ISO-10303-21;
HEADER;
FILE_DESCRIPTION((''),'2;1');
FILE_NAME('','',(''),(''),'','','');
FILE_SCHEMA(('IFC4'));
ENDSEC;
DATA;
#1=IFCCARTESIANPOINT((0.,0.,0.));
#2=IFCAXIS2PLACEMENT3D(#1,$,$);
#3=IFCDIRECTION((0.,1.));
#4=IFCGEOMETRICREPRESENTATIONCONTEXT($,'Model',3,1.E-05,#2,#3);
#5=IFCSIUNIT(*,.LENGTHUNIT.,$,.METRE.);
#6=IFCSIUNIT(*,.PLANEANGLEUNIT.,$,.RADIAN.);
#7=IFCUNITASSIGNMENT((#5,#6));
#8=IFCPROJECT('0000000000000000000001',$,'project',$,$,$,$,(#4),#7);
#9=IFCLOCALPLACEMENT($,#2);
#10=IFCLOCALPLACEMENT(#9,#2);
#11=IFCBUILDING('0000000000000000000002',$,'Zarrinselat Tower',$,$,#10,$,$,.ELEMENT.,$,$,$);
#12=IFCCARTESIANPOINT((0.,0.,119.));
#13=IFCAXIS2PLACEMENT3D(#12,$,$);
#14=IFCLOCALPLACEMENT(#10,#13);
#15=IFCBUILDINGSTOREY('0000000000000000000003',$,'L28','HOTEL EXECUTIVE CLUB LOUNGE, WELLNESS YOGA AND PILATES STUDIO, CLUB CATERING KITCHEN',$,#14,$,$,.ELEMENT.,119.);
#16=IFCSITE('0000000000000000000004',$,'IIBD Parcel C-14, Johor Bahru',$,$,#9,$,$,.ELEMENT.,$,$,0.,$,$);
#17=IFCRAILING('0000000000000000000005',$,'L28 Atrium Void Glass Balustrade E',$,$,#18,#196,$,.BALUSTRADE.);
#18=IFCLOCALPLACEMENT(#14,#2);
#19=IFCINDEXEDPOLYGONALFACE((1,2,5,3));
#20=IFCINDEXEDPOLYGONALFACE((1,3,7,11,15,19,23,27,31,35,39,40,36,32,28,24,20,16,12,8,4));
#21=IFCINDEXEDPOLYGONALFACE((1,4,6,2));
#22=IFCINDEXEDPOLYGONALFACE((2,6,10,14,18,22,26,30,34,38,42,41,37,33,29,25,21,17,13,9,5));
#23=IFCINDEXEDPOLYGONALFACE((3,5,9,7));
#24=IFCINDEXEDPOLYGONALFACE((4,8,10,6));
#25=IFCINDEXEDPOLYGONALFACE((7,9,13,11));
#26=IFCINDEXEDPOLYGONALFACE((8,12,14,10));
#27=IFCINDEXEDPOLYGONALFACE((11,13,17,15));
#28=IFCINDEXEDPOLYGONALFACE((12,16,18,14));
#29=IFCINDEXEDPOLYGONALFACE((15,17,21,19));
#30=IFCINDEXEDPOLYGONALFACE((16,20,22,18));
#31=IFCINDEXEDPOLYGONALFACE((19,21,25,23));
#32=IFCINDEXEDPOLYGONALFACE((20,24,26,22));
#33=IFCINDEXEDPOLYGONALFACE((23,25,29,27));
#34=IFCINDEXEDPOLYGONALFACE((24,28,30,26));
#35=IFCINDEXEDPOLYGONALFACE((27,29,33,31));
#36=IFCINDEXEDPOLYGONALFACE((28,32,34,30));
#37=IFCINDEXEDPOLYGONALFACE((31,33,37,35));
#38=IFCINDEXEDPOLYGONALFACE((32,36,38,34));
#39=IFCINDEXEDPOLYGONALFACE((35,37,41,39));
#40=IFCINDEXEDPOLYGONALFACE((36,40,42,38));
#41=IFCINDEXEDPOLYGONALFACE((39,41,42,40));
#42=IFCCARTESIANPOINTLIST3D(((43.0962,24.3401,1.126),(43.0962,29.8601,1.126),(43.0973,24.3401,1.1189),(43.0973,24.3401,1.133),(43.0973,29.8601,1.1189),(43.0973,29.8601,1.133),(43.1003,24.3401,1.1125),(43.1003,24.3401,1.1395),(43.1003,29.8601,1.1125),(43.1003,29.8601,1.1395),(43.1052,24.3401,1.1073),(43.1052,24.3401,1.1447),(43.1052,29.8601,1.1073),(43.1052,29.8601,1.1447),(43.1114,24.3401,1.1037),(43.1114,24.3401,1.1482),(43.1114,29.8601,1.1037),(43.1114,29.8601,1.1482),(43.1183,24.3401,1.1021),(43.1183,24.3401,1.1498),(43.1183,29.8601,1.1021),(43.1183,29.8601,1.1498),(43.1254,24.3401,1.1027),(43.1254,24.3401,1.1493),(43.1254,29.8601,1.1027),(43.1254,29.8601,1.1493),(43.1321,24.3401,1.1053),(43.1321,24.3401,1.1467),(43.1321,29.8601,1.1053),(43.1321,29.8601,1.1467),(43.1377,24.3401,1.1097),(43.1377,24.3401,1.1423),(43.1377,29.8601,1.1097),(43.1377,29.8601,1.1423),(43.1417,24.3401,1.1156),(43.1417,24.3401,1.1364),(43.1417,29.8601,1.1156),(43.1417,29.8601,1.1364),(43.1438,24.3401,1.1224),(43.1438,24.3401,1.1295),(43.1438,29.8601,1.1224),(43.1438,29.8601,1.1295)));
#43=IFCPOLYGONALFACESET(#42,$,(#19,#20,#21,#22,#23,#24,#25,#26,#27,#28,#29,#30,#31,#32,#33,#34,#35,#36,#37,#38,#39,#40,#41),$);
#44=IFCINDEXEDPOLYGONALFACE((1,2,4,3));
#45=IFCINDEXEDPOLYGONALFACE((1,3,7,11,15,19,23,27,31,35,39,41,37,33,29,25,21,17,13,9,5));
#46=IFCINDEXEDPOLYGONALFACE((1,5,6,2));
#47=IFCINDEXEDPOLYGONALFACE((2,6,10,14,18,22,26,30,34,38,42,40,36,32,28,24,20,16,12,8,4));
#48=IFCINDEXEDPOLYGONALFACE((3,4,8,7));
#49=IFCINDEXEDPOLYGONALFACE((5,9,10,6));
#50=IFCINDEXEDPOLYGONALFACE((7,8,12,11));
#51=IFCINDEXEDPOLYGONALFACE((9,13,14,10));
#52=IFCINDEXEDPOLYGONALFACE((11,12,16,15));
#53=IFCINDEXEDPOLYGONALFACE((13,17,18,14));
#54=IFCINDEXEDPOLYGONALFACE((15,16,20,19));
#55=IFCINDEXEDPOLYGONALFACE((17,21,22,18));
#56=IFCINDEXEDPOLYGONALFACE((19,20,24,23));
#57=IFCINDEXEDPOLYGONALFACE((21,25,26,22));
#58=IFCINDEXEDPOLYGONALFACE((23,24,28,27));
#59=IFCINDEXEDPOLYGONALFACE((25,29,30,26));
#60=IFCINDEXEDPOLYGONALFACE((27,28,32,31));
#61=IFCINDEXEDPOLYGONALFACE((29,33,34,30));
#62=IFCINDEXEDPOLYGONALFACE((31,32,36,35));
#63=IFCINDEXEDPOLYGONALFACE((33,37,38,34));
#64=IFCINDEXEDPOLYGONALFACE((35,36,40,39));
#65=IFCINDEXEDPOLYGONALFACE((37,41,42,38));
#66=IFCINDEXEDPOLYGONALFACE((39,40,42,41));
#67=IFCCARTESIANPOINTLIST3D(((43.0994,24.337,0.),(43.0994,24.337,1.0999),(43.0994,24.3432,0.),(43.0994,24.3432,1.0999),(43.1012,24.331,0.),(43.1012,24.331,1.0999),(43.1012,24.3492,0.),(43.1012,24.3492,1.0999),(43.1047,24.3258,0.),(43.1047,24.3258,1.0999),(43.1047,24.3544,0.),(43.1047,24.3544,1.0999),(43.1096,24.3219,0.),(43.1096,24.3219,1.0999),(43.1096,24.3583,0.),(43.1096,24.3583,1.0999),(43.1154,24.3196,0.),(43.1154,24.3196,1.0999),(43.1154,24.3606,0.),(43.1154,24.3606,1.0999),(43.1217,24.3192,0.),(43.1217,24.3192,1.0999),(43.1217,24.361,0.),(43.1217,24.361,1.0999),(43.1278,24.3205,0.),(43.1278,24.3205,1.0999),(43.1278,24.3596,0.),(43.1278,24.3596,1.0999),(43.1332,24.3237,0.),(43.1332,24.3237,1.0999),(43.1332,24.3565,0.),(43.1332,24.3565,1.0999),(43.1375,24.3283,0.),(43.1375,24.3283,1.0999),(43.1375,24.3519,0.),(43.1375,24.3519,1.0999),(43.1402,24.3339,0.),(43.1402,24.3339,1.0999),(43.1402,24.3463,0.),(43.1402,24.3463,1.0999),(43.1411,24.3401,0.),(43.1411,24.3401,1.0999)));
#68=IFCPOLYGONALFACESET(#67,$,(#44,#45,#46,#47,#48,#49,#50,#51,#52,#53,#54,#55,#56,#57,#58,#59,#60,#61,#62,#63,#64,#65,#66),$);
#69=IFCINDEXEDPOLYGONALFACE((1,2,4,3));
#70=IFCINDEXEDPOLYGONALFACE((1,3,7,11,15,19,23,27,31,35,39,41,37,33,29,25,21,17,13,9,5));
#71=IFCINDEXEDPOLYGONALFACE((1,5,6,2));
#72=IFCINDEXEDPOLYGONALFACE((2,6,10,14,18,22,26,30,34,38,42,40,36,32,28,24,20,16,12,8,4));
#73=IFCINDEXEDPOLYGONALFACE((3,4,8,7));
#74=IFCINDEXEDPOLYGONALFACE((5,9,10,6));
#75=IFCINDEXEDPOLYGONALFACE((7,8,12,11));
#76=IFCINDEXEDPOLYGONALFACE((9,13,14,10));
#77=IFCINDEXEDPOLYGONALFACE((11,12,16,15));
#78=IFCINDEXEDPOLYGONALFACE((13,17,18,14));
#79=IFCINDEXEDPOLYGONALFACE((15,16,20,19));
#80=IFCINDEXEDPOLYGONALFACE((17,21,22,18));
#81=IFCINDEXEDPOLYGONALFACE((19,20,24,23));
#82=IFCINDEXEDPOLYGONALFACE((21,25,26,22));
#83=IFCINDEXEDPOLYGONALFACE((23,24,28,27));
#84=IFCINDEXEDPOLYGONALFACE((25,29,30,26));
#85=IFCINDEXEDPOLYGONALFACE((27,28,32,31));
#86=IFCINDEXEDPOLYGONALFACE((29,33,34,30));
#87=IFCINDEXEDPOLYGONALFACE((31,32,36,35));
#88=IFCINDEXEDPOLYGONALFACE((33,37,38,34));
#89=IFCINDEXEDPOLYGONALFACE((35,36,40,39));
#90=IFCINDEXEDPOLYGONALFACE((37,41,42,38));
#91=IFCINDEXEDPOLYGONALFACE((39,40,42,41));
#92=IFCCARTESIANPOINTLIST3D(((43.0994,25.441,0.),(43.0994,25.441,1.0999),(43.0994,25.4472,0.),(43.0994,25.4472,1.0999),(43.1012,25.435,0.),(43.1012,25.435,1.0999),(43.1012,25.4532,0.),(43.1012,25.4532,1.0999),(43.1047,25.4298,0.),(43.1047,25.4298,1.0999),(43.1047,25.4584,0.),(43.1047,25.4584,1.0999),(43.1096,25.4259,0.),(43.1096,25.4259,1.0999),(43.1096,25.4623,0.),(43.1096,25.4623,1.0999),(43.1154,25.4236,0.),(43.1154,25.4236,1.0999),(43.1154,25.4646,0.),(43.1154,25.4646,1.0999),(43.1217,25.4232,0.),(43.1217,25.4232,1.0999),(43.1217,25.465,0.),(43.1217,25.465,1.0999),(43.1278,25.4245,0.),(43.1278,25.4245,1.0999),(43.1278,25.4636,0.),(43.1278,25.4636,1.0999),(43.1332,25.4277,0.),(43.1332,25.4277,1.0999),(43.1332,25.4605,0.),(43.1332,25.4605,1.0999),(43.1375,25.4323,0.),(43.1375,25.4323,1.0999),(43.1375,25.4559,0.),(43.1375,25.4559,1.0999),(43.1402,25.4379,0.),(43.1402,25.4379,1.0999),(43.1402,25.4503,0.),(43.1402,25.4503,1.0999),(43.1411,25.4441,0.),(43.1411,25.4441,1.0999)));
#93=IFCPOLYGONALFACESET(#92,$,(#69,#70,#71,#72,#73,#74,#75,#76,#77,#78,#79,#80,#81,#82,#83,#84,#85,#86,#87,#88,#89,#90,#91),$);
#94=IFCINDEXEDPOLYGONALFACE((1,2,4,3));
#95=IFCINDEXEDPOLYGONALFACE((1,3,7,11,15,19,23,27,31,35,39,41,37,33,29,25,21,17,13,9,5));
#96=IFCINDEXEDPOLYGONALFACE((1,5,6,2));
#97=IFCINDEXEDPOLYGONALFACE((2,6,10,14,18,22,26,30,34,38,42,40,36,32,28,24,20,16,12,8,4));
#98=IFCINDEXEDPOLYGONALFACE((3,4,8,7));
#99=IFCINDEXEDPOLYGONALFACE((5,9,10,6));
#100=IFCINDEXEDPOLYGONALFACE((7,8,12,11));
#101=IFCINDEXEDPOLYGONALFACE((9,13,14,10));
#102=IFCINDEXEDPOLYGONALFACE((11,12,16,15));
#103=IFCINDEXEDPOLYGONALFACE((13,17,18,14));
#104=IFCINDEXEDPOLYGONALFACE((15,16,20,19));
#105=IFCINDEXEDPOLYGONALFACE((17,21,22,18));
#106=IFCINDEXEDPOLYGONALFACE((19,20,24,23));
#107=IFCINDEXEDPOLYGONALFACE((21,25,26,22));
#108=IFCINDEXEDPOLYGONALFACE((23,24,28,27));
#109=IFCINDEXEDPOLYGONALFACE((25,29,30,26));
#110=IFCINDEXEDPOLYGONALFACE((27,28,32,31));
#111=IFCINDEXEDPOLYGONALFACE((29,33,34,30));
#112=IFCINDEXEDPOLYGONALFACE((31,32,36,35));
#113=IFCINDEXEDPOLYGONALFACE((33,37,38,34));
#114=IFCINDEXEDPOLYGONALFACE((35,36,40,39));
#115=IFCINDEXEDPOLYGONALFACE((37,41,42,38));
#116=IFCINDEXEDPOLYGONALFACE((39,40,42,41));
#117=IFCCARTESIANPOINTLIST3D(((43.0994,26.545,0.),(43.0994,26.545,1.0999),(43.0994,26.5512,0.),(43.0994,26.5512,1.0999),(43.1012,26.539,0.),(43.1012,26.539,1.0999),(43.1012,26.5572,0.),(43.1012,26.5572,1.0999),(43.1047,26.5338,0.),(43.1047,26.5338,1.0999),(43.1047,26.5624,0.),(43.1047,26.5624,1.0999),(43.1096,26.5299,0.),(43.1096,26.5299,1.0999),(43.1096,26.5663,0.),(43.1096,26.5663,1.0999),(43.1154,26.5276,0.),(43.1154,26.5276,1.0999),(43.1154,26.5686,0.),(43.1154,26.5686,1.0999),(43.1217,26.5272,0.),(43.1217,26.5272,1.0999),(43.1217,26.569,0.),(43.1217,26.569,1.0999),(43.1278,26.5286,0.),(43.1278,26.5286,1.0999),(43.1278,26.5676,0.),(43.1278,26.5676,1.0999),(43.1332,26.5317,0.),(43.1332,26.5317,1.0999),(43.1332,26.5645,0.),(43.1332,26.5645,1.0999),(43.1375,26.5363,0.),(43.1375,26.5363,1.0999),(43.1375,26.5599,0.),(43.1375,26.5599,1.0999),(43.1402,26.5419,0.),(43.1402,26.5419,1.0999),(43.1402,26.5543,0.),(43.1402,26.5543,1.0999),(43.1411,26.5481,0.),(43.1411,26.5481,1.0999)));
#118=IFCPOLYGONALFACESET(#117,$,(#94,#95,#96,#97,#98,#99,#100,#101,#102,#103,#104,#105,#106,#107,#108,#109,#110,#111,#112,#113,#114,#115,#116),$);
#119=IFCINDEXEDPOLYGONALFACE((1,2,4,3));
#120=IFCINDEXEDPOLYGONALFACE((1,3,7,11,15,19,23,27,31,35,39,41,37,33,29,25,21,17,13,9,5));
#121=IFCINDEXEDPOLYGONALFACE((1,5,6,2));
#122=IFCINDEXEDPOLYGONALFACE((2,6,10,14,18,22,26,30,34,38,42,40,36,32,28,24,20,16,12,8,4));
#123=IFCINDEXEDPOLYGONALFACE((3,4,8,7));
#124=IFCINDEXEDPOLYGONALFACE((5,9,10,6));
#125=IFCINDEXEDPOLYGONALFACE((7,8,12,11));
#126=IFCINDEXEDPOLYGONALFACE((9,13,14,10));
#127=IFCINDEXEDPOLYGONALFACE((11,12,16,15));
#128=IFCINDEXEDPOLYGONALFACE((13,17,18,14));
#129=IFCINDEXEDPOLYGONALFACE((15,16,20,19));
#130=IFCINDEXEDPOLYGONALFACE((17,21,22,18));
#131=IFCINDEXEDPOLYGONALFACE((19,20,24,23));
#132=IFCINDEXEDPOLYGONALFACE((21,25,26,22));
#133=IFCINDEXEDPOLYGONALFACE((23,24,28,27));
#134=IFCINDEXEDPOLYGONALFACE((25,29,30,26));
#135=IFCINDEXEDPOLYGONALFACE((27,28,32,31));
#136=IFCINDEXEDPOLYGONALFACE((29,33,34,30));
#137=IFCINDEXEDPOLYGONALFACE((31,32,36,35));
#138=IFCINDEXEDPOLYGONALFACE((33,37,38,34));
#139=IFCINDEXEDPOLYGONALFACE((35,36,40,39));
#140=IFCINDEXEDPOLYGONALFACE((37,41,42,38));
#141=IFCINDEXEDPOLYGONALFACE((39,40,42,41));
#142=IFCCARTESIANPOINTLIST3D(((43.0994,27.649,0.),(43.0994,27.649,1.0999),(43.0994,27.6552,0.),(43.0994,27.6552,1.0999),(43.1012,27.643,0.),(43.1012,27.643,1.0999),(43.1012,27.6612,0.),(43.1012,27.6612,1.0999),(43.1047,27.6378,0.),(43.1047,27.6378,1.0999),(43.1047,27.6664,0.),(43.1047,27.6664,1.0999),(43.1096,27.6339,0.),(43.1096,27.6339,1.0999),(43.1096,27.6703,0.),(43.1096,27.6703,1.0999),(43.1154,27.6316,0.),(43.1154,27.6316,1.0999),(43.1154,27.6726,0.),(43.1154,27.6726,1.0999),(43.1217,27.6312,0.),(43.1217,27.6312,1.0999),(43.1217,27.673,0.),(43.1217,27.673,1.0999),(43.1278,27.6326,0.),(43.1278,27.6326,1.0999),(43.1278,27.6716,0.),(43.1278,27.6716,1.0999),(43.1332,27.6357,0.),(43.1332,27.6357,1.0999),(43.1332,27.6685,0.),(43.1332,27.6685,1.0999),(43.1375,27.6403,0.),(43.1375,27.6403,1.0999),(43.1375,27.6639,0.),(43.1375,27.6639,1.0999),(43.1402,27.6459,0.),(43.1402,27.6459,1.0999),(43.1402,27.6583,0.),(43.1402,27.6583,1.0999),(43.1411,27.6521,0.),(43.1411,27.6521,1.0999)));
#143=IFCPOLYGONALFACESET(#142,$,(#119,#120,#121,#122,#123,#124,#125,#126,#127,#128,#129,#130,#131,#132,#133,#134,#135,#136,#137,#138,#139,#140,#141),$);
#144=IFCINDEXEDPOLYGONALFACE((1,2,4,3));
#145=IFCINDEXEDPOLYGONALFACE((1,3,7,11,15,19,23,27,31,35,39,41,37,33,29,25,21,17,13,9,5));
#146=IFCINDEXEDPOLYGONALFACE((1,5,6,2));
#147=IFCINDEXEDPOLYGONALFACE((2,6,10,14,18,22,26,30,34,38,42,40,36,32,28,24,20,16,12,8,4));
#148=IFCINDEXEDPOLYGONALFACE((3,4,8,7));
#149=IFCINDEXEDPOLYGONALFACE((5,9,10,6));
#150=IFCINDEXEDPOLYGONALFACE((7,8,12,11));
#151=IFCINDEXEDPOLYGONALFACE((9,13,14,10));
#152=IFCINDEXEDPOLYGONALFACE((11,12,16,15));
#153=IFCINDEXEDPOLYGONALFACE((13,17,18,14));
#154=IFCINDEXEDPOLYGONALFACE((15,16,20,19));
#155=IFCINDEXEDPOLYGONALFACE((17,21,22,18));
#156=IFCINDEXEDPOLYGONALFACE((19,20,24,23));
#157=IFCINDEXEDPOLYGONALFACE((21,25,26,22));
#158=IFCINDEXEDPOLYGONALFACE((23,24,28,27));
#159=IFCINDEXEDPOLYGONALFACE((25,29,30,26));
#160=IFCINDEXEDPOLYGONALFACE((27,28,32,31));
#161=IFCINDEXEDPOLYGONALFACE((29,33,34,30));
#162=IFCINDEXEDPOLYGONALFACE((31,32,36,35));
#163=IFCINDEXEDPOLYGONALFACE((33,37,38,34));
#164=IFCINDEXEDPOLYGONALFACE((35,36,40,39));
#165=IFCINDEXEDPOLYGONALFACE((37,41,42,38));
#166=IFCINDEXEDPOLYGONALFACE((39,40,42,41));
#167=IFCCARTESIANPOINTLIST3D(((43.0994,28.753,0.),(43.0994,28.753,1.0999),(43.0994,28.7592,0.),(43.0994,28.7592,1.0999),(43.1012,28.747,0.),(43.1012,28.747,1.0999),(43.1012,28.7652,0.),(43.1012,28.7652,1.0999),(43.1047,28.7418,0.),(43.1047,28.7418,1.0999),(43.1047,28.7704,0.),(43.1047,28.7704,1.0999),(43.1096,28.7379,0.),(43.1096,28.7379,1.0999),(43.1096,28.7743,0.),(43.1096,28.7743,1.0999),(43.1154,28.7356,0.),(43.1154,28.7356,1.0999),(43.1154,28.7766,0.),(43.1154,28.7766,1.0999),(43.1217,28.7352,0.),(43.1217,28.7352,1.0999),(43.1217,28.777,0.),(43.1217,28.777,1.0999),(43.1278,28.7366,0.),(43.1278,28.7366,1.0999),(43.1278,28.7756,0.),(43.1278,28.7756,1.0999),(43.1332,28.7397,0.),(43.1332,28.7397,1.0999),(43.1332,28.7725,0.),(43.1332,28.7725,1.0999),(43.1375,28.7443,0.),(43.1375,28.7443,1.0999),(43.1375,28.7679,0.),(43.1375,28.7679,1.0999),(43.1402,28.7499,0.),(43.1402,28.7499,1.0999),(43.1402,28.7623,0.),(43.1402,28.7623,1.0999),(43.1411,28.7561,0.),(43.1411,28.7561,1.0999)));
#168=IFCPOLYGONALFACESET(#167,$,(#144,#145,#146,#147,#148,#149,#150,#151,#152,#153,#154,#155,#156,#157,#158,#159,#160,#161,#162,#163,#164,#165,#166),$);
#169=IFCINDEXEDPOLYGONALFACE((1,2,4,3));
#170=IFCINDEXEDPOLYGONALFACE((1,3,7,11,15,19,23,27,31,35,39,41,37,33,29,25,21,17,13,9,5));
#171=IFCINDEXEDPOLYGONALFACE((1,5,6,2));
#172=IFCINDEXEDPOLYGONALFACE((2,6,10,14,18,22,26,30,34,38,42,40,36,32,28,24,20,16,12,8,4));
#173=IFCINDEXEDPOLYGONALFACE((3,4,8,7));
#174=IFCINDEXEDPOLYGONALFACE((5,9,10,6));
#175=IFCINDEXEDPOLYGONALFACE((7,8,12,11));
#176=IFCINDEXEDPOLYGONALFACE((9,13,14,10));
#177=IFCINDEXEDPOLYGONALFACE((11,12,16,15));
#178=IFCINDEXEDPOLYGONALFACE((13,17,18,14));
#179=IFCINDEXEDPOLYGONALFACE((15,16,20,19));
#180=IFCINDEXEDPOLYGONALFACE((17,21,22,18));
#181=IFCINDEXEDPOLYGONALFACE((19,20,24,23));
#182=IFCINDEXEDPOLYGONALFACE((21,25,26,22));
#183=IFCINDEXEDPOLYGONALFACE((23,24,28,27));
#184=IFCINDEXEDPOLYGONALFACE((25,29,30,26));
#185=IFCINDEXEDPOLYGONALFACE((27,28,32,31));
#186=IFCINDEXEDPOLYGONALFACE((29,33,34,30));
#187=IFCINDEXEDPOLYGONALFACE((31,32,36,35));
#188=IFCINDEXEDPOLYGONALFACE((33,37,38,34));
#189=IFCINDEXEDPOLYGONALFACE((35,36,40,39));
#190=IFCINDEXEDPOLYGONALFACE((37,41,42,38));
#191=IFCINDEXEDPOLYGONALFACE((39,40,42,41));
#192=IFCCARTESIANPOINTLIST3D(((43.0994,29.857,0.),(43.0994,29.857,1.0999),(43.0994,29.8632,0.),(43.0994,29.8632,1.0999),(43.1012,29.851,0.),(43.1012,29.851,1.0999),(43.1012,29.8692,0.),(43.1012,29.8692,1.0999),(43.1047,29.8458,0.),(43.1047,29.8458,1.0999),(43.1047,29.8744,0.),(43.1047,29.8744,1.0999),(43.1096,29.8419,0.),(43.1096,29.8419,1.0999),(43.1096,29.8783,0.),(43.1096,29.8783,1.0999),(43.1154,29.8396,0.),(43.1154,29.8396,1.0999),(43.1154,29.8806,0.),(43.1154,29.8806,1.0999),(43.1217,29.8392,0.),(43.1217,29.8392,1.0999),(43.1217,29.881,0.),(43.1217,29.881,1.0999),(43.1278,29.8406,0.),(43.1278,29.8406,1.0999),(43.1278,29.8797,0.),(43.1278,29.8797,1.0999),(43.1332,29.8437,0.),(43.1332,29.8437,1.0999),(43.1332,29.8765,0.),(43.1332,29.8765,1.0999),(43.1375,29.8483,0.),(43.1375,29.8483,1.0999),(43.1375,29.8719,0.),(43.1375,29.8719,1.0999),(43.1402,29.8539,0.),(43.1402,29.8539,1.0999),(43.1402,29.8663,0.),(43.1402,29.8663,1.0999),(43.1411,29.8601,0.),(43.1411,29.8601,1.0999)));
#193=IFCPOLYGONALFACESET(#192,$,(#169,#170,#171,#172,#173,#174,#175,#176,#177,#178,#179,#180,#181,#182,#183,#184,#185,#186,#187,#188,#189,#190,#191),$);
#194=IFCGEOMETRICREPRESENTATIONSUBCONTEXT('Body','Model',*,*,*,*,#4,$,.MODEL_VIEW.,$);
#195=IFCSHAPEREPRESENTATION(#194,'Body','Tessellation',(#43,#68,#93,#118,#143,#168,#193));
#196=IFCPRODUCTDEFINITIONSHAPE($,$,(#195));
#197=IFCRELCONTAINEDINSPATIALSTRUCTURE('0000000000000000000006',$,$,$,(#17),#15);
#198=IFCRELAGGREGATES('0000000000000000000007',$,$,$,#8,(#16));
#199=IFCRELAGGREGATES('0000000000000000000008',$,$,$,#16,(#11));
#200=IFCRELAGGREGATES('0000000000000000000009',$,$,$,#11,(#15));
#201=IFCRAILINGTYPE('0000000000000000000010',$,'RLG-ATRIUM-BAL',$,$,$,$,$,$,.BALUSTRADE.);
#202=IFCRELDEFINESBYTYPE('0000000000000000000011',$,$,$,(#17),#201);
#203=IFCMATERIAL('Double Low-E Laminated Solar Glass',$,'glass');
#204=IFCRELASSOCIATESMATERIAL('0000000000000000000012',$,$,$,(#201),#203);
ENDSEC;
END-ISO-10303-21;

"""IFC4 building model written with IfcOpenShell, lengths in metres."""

from ifc_helpers import new_model, si_unit, direction, frame, origin, origin_2d, place, context, subcontext, project, spatial, circle, extrude, material, type_object, element, save


model = new_model("IFC4")

# Units and contexts
model_context = context("Model", 3, precision=1e-05, world=origin(), true_north=direction((0.0, 1.0)))
body_context = subcontext(model_context, "Body", "Model", "MODEL_VIEW")
ifc_project = project(units=[si_unit("LENGTHUNIT", "METRE"), si_unit("PLANEANGLEUNIT", "RADIAN")], contexts=[model_context])

# Site, building, storey
site_placement = place(None, origin())
site = spatial("IfcSite", under=ifc_project, at=site_placement, Name="IIBD Parcel C-14, Johor Bahru", CompositionType="ELEMENT", RefElevation=0.0)
building_placement = place(site_placement, origin())
building = spatial("IfcBuilding", under=site, at=building_placement, Name="Zarrinselat Tower", CompositionType="ELEMENT")
storey_placement = place(building_placement, frame((0.0, 0.0, 119.0)))
storey = spatial("IfcBuildingStorey", under=building, at=storey_placement, Name="L28", Description="HOTEL EXECUTIVE CLUB LOUNGE, WELLNESS YOGA AND PILATES STUDIO, CLUB CATERING KITCHEN", CompositionType="ELEMENT", Elevation=119.0)

# Railing
ifc_material_1 = material(Name="Double Low-E Laminated Solar Glass", Category="glass")
railing_type_1 = type_object("IfcRailingType", Name="RLG-ATRIUM-BAL", PredefinedType="BALUSTRADE", material=ifc_material_1)
railing_1_placement = place(storey_placement, frame((43.1201, 24.3401, 0.0)))
element("IfcRailing", 1, at=railing_1_placement, inside=storey, type_object=railing_type_1, Name="L28 Atrium Void Glass Balustrade E", PredefinedType="BALUSTRADE", context=body_context, shape_type="SweptSolid", body=[
    extrude(circle(Radius=0.0239, at=origin_2d()), frame((0.0, 0.0, 1.126), z_axis=(0.0, 1.0, 0.0), x_axis=(-1.0, 0.0, 0.0)), (0.0, 0.0, 1.0), 5.52),
    extrude(circle(Radius=0.021, at=origin_2d()), origin(), (0.0, 0.0, 1.0), 1.0999),
    extrude(circle(Radius=0.021, at=origin_2d()), frame((0.0, 1.104, 0.0)), (0.0, 0.0, 1.0), 1.0999),
    extrude(circle(Radius=0.021, at=origin_2d()), frame((0.0, 2.208, 0.0)), (0.0, 0.0, 1.0), 1.0999),
    extrude(circle(Radius=0.021, at=origin_2d()), frame((0.0, 3.312, 0.0)), (0.0, 0.0, 1.0), 1.0999),
    extrude(circle(Radius=0.021, at=origin_2d()), frame((0.0, 4.416, 0.0)), (0.0, 0.0, 1.0), 1.0999),
    extrude(circle(Radius=0.021, at=origin_2d()), frame((0.0, 5.52, 0.0)), (0.0, 0.0, 1.0), 1.0999),
])

save(model, "model.ifc")
